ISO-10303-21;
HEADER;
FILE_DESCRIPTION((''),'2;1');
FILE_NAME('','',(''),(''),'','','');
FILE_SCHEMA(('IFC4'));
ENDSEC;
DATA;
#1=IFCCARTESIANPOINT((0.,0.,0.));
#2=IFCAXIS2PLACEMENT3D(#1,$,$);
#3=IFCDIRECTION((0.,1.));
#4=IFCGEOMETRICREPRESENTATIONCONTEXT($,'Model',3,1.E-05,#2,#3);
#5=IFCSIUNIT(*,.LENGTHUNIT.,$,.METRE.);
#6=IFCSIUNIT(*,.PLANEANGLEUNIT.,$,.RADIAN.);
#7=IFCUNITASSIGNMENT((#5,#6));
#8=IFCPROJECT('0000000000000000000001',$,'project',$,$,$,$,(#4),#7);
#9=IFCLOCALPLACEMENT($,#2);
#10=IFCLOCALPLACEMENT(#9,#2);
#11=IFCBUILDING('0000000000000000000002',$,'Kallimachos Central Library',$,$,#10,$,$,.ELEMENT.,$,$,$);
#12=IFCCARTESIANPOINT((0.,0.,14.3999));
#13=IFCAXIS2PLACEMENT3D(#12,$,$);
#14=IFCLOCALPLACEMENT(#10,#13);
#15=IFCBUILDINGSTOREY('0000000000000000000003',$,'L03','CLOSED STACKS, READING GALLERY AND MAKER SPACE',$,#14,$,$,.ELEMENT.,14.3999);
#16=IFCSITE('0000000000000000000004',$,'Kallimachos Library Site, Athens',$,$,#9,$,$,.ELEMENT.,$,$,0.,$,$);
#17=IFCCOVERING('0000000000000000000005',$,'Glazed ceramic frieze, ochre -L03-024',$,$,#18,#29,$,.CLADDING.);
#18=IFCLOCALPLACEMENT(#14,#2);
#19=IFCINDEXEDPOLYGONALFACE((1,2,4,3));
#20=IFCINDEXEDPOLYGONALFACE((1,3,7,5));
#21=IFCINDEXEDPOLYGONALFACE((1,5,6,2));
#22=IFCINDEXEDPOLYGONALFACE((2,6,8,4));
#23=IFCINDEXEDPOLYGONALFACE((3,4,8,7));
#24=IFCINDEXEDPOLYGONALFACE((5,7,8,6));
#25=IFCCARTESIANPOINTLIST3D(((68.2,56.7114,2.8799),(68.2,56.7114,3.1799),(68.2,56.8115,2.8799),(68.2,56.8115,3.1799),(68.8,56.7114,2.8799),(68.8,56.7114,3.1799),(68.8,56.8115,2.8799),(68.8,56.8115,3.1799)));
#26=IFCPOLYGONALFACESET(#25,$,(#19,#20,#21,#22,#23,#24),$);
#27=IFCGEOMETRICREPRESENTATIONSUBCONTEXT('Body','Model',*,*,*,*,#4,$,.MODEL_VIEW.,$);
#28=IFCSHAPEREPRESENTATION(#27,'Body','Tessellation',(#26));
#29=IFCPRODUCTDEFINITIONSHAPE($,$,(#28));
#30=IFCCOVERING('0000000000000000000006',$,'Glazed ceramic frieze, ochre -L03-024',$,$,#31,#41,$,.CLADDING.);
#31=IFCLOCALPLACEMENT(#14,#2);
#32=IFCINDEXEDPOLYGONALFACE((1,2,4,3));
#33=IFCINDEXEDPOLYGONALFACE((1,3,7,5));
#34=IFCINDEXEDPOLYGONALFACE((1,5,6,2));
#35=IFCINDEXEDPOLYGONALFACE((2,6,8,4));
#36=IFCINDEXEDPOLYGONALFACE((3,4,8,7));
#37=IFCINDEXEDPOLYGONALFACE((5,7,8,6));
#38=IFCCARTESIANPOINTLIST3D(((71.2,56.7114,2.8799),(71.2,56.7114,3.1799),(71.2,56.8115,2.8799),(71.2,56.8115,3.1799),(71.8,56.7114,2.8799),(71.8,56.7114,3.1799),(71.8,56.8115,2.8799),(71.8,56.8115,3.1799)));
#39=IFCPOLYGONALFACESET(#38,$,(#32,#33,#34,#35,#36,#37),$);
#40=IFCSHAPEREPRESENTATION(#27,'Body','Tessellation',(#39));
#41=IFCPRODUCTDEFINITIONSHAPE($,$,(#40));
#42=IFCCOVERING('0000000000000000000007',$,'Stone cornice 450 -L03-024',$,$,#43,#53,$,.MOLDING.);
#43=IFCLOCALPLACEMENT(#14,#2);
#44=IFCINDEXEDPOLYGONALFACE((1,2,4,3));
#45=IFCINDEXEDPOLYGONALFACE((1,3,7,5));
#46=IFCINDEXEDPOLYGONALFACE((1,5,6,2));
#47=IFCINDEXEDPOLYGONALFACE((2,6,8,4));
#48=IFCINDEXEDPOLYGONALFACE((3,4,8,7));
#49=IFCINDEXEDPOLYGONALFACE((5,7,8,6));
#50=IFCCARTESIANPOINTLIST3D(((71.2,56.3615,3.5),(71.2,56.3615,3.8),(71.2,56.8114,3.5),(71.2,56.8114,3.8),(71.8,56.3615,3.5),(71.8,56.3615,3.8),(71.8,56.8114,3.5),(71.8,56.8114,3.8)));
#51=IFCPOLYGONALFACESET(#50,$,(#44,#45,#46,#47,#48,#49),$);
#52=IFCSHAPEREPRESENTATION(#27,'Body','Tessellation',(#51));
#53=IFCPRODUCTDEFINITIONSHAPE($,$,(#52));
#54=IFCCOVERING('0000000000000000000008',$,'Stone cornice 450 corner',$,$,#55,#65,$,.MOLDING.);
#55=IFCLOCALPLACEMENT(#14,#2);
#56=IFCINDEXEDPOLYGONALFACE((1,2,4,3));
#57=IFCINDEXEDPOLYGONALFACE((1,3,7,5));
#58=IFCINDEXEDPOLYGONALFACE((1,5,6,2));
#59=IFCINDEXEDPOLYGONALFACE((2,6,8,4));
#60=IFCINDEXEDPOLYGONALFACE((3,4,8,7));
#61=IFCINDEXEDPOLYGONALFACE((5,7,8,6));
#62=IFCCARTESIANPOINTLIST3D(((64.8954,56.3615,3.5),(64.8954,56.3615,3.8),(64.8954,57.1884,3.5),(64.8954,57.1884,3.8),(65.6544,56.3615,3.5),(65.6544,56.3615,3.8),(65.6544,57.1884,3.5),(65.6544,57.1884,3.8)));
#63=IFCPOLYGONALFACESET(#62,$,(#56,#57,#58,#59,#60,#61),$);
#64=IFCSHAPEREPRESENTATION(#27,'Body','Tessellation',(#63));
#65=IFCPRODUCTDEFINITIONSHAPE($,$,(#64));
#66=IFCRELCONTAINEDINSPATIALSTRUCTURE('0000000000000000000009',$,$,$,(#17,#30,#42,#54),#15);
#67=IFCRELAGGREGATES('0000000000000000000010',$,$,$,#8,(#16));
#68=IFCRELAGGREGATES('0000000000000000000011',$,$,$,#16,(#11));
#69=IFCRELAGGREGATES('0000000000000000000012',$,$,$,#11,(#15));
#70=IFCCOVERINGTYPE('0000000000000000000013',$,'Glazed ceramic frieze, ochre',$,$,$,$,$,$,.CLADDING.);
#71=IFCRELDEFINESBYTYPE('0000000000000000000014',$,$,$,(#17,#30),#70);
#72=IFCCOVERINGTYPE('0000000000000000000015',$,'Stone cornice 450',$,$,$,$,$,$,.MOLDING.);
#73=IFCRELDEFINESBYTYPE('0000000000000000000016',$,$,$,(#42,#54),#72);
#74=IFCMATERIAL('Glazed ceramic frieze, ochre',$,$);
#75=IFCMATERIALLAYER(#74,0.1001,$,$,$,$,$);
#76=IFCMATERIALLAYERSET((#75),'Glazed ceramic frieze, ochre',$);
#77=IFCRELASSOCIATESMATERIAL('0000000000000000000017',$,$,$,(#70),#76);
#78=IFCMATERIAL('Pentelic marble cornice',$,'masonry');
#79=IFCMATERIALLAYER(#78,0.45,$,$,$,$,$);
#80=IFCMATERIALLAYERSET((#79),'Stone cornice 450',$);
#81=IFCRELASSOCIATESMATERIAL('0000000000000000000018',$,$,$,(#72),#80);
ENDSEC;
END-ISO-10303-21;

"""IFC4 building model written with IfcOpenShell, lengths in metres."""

from ifc_helpers import new_model, si_unit, direction, frame, origin, origin_2d, place, context, subcontext, project, spatial, rectangle, extrude, material, layer, layer_set, type_object, element, save


model = new_model("IFC4")

# Units and contexts
model_context = context("Model", 3, precision=1e-05, world=origin(), true_north=direction((0.0, 1.0)))
body_context = subcontext(model_context, "Body", "Model", "MODEL_VIEW")
ifc_project = project(units=[si_unit("LENGTHUNIT", "METRE"), si_unit("PLANEANGLEUNIT", "RADIAN")], contexts=[model_context])

# Site, building, storey
site_placement = place(None, origin())
site = spatial("IfcSite", under=ifc_project, at=site_placement, Name="Kallimachos Library Site, Athens", CompositionType="ELEMENT", RefElevation=0.0)
building_placement = place(site_placement, origin())
building = spatial("IfcBuilding", under=site, at=building_placement, Name="Kallimachos Central Library", CompositionType="ELEMENT")
storey_placement = place(building_placement, frame((0.0, 0.0, 14.3999)))
storey = spatial("IfcBuildingStorey", under=building, at=storey_placement, Name="L03", Description="CLOSED STACKS, READING GALLERY AND MAKER SPACE", CompositionType="ELEMENT", Elevation=14.3999)

# Coverings
ifc_material_1 = material(Name="Glazed ceramic frieze, ochre")
ifc_layer_1 = layer(ifc_material_1, 0.1001)
ifc_layer_set_1 = layer_set([ifc_layer_1], Name="Glazed ceramic frieze, ochre")
covering_type_1 = type_object("IfcCoveringType", Name="Glazed ceramic frieze, ochre", PredefinedType="CLADDING", material=ifc_layer_set_1)
for number, where, z_axis, x_axis, name in (
    (1, (68.5, 56.7615, 2.8799), (0.0, 0.0, 1.0), (1.0, 0.0, 0.0), "Glazed ceramic frieze, ochre -L03-024"),
    (2, (71.5, 56.7615, 2.8799), (0.0, 0.0, 1.0), (1.0, 0.0, 0.0), "Glazed ceramic frieze, ochre -L03-024"),
):
    element("IfcCovering", number, at=place(storey_placement, frame(where, z_axis=z_axis, x_axis=x_axis)), inside=storey, type_object=covering_type_1, Name=name, PredefinedType="CLADDING", context=body_context, shape_type="SweptSolid", body=[
        extrude(rectangle(XDim=0.6001, YDim=0.1001, at=origin_2d()), origin(), (0.0, 0.0, 1.0), 0.3),
    ])
ifc_material_2 = material(Name="Pentelic marble cornice", Category="masonry")
ifc_layer_2 = layer(ifc_material_2, 0.45)
ifc_layer_set_2 = layer_set([ifc_layer_2], Name="Stone cornice 450")
covering_type_2 = type_object("IfcCoveringType", Name="Stone cornice 450", PredefinedType="MOLDING", material=ifc_layer_set_2)
covering_1_placement = place(storey_placement, frame((71.5, 56.5864, 3.5), z_axis=(0.0, 0.0, 1.0), x_axis=(1.0, 0.0, 0.0)))
element("IfcCovering", 3, at=covering_1_placement, inside=storey, type_object=covering_type_2, Name="Stone cornice 450 -L03-024", PredefinedType="MOLDING", context=body_context, shape_type="SweptSolid", body=[
    extrude(rectangle(XDim=0.6001, YDim=0.45, at=origin_2d()), origin(), (0.0, 0.0, 1.0), 0.3),
])
covering_2_placement = place(storey_placement, frame((65.2749, 56.7749, 3.5), z_axis=(0.0, 0.0, 1.0), x_axis=(1.0, 0.0, 0.0)))
element("IfcCovering", 4, at=covering_2_placement, inside=storey, type_object=covering_type_2, Name="Stone cornice 450 corner", PredefinedType="MOLDING", context=body_context, shape_type="SweptSolid", body=[
    extrude(rectangle(XDim=0.759, YDim=0.8269, at=origin_2d()), origin(), (0.0, 0.0, 1.0), 0.3),
])

save(model, "model.ifc")
